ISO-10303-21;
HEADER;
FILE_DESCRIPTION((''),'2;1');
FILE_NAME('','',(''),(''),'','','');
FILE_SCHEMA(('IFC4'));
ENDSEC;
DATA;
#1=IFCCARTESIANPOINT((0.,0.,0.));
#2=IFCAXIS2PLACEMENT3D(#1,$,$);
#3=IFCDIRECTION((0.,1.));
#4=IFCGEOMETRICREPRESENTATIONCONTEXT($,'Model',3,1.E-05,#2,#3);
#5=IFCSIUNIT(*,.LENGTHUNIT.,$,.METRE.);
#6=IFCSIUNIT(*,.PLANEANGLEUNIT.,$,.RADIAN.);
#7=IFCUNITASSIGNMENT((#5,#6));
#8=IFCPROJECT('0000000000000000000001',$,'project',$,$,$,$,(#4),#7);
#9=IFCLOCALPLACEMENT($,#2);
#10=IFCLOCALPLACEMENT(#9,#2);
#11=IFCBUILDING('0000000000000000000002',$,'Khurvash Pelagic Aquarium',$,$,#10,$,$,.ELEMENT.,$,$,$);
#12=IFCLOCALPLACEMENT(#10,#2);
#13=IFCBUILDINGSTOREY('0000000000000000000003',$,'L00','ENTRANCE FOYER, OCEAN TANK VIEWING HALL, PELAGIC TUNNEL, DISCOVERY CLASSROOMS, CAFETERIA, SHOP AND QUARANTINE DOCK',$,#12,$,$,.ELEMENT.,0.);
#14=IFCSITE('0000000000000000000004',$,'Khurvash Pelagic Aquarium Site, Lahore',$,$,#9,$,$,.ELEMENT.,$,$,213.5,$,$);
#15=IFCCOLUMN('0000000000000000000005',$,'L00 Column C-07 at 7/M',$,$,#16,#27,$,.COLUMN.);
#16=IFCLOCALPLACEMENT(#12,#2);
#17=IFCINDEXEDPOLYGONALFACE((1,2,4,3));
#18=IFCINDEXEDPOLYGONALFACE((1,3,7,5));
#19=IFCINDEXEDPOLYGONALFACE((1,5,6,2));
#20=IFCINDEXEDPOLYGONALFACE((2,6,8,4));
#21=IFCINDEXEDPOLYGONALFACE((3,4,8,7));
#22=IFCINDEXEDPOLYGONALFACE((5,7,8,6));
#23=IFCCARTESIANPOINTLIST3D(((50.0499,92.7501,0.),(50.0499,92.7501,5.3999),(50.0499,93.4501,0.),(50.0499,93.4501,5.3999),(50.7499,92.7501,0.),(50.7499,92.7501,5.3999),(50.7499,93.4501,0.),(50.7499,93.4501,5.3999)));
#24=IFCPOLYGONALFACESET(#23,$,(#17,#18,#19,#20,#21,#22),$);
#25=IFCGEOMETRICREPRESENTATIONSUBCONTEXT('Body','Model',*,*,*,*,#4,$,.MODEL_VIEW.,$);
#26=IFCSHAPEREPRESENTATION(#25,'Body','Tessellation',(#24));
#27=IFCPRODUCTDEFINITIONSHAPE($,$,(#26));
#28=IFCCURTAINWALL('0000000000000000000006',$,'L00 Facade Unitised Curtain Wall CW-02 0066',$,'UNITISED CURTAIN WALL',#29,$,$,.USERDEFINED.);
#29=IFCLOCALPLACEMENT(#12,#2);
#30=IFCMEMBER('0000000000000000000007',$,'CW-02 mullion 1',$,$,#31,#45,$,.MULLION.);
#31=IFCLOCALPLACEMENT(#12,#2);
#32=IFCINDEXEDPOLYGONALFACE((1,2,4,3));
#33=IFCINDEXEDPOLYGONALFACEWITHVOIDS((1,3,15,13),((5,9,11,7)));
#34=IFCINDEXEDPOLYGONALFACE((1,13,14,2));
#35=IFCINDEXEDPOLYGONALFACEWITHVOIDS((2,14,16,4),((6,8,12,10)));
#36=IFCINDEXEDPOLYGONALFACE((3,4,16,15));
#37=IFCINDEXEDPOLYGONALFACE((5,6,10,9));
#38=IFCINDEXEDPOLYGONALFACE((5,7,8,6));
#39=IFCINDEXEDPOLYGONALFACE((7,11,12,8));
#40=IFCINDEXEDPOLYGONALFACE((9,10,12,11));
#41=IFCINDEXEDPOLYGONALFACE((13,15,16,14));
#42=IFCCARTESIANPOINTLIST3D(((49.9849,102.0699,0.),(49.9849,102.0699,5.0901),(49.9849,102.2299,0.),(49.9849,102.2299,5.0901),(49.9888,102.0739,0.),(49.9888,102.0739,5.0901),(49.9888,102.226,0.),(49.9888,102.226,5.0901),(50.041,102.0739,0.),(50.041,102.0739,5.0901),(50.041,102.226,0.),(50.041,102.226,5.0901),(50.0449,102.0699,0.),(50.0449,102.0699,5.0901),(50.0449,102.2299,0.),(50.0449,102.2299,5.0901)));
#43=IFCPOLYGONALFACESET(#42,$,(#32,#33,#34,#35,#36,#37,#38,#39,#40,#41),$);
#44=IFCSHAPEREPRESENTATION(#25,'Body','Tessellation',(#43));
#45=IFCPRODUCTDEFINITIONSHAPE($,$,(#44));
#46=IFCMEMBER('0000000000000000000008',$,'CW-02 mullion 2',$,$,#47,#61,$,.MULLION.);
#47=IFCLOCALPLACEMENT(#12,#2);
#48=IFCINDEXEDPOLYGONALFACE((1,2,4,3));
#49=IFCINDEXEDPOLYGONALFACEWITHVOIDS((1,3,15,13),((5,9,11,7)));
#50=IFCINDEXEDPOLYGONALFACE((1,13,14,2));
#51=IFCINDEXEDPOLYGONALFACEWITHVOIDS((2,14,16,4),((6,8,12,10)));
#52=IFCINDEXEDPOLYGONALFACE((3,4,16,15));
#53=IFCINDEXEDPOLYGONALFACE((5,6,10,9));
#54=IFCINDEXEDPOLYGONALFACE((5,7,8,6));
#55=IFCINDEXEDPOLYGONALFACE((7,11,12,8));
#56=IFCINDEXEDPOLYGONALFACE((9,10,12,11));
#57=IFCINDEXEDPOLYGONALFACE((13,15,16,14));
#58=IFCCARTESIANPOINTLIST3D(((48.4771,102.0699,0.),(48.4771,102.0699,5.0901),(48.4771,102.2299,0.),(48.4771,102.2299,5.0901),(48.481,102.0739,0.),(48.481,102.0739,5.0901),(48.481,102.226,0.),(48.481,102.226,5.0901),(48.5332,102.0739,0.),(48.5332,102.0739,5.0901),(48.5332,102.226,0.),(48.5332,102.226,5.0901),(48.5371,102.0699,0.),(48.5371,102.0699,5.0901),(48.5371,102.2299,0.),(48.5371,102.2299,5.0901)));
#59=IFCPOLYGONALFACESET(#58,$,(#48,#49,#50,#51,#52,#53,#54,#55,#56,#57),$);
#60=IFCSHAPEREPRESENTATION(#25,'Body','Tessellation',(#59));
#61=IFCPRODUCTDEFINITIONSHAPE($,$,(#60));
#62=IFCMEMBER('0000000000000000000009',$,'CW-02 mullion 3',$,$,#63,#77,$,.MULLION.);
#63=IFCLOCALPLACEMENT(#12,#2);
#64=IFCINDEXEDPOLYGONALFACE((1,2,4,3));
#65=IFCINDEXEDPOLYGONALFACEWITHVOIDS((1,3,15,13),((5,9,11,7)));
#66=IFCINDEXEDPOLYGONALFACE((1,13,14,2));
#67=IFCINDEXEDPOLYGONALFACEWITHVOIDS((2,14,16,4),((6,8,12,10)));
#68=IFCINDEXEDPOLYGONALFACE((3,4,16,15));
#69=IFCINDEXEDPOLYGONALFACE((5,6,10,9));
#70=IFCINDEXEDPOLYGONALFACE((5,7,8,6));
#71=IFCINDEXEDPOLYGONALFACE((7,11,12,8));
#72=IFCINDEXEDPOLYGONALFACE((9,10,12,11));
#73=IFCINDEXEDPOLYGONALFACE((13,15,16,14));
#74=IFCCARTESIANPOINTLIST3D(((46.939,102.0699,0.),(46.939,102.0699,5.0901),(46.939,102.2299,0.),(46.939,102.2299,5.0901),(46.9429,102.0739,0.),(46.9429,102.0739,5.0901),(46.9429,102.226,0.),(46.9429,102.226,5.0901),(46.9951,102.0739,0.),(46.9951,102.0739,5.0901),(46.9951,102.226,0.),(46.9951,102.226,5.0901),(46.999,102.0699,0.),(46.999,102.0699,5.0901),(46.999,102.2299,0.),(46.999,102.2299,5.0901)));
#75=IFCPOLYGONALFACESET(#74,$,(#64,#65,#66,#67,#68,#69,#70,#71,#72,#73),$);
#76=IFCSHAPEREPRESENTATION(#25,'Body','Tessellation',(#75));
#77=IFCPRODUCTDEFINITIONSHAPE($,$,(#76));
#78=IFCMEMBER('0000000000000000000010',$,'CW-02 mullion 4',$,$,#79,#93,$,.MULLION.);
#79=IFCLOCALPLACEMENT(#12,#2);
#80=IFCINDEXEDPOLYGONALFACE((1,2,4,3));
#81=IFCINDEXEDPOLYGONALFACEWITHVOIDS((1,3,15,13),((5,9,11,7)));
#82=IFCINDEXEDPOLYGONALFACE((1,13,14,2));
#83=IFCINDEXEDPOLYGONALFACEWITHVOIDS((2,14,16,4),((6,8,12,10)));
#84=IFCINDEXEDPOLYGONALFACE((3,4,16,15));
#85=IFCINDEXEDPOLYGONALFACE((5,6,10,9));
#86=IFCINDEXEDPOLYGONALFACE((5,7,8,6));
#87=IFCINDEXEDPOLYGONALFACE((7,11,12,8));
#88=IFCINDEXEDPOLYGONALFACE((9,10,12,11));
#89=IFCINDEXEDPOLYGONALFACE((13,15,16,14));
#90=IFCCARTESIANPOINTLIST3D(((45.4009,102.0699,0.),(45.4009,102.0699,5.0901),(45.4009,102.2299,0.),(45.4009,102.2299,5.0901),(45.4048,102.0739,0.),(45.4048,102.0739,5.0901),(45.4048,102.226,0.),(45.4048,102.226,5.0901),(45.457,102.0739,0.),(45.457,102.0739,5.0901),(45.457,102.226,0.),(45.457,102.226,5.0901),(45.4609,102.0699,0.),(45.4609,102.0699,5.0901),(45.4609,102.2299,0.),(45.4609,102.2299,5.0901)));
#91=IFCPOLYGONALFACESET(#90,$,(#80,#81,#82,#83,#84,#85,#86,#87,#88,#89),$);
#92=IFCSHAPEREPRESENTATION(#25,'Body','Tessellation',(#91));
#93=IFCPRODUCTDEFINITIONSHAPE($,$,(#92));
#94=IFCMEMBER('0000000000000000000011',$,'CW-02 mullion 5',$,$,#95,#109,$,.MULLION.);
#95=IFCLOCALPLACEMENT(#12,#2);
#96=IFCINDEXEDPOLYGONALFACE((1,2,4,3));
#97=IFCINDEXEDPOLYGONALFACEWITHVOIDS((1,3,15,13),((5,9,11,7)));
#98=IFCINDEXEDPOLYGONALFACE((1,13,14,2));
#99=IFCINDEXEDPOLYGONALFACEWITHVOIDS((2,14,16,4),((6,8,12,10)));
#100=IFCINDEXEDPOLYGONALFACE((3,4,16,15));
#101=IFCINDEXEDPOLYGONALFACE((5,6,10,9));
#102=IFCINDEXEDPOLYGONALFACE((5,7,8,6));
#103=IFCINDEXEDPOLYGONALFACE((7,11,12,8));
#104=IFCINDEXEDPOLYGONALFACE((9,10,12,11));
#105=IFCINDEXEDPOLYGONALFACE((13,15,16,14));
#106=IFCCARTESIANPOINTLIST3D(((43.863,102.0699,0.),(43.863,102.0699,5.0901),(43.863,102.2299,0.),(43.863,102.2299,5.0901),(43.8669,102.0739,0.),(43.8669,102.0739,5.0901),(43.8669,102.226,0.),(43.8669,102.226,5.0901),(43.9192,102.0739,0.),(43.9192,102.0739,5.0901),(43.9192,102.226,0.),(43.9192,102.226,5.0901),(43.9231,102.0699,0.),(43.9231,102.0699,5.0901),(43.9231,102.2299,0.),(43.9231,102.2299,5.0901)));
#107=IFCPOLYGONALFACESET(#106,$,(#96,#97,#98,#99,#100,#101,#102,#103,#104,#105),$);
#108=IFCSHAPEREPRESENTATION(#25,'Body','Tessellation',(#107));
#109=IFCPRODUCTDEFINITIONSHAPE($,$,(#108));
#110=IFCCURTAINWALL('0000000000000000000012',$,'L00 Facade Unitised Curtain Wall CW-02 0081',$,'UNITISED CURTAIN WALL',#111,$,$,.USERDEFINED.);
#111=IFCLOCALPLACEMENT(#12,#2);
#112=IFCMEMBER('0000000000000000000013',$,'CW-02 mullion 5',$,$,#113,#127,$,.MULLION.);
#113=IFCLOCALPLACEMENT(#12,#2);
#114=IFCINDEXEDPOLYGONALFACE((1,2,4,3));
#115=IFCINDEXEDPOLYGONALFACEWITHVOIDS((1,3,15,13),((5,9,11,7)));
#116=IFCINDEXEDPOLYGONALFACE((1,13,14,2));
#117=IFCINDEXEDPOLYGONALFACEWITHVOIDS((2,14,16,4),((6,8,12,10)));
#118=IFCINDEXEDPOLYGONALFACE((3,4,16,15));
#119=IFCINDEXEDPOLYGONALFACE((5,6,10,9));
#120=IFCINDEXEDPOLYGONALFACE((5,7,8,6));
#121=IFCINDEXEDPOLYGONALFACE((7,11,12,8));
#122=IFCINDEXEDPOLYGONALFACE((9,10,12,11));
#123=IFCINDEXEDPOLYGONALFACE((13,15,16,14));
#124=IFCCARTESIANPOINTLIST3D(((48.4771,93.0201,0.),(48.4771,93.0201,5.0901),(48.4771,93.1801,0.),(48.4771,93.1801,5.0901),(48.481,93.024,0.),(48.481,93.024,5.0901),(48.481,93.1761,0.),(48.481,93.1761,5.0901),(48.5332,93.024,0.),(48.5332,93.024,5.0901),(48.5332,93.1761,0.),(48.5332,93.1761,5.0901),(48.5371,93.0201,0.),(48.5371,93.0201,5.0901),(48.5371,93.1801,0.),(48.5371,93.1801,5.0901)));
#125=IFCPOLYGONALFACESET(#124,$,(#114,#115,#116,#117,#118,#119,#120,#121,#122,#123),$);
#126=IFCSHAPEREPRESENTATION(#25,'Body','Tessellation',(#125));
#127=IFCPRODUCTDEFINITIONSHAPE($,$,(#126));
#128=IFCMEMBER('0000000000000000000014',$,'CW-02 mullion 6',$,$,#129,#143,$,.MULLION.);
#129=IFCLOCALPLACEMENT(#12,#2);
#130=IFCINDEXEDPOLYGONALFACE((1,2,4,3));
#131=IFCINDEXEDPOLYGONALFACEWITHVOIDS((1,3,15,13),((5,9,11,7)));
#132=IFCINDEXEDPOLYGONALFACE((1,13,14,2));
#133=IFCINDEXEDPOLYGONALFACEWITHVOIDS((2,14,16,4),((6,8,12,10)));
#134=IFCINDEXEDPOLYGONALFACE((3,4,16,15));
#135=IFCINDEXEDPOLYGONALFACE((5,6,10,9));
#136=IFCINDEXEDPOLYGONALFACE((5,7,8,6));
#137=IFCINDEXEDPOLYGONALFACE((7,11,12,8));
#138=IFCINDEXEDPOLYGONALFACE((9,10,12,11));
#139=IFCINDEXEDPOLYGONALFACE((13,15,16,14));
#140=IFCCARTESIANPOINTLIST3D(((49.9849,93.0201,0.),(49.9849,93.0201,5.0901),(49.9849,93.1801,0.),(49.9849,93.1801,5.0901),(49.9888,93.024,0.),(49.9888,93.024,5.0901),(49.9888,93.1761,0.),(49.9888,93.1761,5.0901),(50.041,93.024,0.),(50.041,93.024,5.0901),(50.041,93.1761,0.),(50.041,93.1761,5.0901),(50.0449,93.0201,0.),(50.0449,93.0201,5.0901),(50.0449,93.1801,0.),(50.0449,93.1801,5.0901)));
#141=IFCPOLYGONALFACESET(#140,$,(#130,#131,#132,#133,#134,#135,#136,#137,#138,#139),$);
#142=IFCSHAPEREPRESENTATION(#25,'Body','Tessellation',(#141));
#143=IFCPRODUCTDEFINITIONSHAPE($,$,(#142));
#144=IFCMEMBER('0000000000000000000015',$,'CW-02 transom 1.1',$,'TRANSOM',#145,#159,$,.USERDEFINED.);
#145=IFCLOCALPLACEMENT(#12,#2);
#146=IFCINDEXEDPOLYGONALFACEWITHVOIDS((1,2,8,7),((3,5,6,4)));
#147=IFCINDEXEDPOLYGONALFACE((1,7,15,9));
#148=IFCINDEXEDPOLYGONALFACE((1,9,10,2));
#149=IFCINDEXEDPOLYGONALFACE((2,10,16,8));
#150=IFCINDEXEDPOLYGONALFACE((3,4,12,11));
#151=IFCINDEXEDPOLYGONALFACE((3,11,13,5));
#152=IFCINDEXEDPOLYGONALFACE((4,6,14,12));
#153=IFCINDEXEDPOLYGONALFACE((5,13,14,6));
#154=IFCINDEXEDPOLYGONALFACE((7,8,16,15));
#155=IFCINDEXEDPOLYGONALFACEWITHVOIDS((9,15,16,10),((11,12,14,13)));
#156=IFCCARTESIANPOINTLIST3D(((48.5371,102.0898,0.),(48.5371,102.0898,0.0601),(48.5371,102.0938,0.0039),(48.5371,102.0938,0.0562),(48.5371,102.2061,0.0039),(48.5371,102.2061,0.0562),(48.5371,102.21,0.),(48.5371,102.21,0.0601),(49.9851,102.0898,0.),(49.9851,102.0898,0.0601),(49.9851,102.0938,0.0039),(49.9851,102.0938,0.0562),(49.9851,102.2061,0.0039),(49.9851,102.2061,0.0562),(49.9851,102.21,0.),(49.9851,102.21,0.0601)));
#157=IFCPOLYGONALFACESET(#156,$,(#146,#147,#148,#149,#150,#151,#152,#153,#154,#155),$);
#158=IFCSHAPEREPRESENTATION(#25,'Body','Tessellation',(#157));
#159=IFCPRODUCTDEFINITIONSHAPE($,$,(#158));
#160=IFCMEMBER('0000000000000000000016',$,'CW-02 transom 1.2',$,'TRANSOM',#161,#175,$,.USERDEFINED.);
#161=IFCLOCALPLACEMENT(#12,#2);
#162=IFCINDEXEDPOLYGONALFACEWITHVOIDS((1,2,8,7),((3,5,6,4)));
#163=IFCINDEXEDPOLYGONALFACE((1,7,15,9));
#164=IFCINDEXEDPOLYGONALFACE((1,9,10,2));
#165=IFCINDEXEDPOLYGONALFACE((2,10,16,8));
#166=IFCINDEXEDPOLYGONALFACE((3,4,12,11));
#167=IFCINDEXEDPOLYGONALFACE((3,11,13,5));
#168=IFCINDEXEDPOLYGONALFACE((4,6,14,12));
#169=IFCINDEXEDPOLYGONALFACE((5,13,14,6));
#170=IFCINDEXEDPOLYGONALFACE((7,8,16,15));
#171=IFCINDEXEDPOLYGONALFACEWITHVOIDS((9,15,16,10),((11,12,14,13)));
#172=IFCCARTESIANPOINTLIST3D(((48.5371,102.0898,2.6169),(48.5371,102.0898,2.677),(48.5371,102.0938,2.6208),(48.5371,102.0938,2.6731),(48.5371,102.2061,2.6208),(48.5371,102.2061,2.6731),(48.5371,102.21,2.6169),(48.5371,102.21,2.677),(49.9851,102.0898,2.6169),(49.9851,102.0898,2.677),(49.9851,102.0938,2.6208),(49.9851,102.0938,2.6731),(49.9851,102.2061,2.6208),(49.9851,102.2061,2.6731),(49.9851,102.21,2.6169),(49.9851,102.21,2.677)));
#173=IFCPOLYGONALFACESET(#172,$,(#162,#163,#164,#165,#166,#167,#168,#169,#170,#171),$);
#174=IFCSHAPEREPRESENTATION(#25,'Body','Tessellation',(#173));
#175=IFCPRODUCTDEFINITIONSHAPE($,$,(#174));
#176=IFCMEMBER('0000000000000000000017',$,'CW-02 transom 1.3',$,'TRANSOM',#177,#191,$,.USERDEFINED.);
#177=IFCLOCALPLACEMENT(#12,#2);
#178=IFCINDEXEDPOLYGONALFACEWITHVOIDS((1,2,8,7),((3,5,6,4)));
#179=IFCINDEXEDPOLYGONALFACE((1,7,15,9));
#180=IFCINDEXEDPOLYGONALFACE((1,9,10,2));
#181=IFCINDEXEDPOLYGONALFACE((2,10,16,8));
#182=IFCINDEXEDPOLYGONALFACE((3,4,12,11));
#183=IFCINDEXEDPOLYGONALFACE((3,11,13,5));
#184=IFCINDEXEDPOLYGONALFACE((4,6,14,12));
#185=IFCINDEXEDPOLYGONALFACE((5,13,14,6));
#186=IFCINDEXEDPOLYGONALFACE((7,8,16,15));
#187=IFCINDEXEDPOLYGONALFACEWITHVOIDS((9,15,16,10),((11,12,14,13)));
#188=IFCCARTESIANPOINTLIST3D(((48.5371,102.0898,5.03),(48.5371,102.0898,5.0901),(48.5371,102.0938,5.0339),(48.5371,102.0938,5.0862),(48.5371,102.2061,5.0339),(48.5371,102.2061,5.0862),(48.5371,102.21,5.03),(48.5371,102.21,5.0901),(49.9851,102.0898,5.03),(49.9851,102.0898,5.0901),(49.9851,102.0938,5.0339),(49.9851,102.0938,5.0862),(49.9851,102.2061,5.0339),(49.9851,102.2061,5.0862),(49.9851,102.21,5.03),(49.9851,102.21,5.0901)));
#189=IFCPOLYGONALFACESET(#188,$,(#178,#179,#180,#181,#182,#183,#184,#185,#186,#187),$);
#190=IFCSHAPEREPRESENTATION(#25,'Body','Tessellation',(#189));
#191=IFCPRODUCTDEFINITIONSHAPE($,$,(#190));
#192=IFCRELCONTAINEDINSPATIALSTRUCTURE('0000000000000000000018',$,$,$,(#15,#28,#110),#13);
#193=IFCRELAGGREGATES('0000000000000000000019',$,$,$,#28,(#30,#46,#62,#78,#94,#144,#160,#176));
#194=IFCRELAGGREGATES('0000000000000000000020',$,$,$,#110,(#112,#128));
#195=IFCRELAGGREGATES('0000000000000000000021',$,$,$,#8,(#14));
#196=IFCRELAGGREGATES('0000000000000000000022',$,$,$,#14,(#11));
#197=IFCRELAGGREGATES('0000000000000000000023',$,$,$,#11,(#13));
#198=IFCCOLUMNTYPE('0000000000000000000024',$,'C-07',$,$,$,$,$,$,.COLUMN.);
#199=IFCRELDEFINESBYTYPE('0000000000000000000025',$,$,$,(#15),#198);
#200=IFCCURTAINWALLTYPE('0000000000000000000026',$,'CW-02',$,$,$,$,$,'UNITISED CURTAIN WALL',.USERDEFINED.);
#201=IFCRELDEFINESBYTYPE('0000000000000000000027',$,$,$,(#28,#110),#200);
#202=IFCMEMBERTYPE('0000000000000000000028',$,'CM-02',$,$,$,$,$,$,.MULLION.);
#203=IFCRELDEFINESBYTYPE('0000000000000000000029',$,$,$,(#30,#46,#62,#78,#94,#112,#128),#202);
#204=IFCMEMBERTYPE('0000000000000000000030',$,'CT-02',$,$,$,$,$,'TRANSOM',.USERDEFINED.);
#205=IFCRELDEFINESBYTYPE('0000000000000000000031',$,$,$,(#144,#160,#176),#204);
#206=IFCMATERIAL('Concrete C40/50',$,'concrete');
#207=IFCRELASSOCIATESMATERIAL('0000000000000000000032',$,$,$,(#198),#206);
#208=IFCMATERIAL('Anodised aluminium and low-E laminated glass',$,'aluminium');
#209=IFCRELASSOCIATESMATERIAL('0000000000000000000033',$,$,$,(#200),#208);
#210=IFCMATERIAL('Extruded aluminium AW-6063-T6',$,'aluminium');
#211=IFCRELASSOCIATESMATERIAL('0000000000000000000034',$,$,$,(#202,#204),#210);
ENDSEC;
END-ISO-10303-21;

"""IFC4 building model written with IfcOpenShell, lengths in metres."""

from ifc_helpers import new_model, si_unit, direction, frame, origin, origin_2d, place, context, subcontext, project, spatial, rectangle, hollow_rectangle, extrude, material, material_profile, profile_set, type_object, element, aggregate, save


model = new_model("IFC4")

# Units and contexts
model_context = context("Model", 3, precision=1e-05, world=origin(), true_north=direction((0.0, 1.0)))
body_context = subcontext(model_context, "Body", "Model", "MODEL_VIEW")
ifc_project = project(units=[si_unit("LENGTHUNIT", "METRE"), si_unit("PLANEANGLEUNIT", "RADIAN")], contexts=[model_context])

# Site, building, storey
site_placement = place(None, origin())
site = spatial("IfcSite", under=ifc_project, at=site_placement, Name="Khurvash Pelagic Aquarium Site, Lahore", CompositionType="ELEMENT", RefElevation=213.5)
building_placement = place(site_placement, origin())
building = spatial("IfcBuilding", under=site, at=building_placement, Name="Khurvash Pelagic Aquarium", CompositionType="ELEMENT")
storey_placement = place(building_placement, origin())
storey = spatial("IfcBuildingStorey", under=building, at=storey_placement, Name="L00", Description="ENTRANCE FOYER, OCEAN TANK VIEWING HALL, PELAGIC TUNNEL, DISCOVERY CLASSROOMS, CAFETERIA, SHOP AND QUARANTINE DOCK", CompositionType="ELEMENT", Elevation=0.0)

# Column
ifc_material_1 = material(Name="Concrete C40/50", Category="concrete")
ifc_material_profile_1 = material_profile(ifc_material_1, rectangle(XDim=0.7, YDim=0.7, at=origin_2d()), Name="RC700X700")
ifc_profile_set_1 = profile_set([ifc_material_profile_1], Name="Concrete C40/50")
column_type = type_object("IfcColumnType", Name="C-07", PredefinedType="COLUMN", material=ifc_profile_set_1)
column_placement = place(storey_placement, frame((50.3999, 93.1001, 0.0), z_axis=(0.0, 0.0, 1.0), x_axis=(1.0, 0.0, 0.0)))
element("IfcColumn", 1, at=column_placement, inside=storey, type_object=column_type, Name="L00 Column C-07 at 7/M", PredefinedType="COLUMN", context=body_context, shape_type="SweptSolid", body=[
    extrude(rectangle(XDim=0.7, YDim=0.7, at=origin_2d()), origin(), (0.0, 0.0, 1.0), 5.3999),
])

# Curtain walls, members
ifc_material_2 = material(Name="Anodised aluminium and low-E laminated glass", Category="aluminium")
curtain_wall_type = type_object("IfcCurtainWallType", Name="CW-02", ElementType="UNITISED CURTAIN WALL", PredefinedType="USERDEFINED", material=ifc_material_2)
curtain_wall_1_placement = place(storey_placement, origin())
curtain_wall_1 = element("IfcCurtainWall", 2, at=curtain_wall_1_placement, inside=storey, type_object=curtain_wall_type, Name="L00 Facade Unitised Curtain Wall CW-02 0066", ObjectType="UNITISED CURTAIN WALL", PredefinedType="USERDEFINED")
ifc_material_3 = material(Name="Extruded aluminium AW-6063-T6", Category="aluminium")
ifc_material_profile_2 = material_profile(ifc_material_3, hollow_rectangle(XDim=0.0601, YDim=0.1599, WallThickness=0.0039, at=origin_2d()), Name="CWM60X160X4")
ifc_profile_set_2 = profile_set([ifc_material_profile_2], Name="Extruded aluminium AW-6063-T6")
member_type_1 = type_object("IfcMemberType", Name="CM-02", PredefinedType="MULLION", material=ifc_profile_set_2)
member_1_placement = place(storey_placement, frame((50.0149, 102.1499, 0.0), z_axis=(0.0, 0.0, 1.0), x_axis=(-1.0, 0.0, 0.0)))
member_1 = element("IfcMember", 3, at=member_1_placement, type_object=member_type_1, Name="CW-02 mullion 1", PredefinedType="MULLION", context=body_context, shape_type="SweptSolid", body=[
    extrude(hollow_rectangle(XDim=0.0601, YDim=0.1599, WallThickness=0.0039, at=origin_2d()), origin(), (0.0, 0.0, 1.0), 5.0901),
])
member_2_placement = place(storey_placement, frame((48.5071, 102.1499, 0.0), z_axis=(0.0, 0.0, 1.0), x_axis=(-1.0, 0.0, 0.0)))
member_2 = element("IfcMember", 4, at=member_2_placement, type_object=member_type_1, Name="CW-02 mullion 2", PredefinedType="MULLION", context=body_context, shape_type="SweptSolid", body=[
    extrude(hollow_rectangle(XDim=0.0601, YDim=0.1599, WallThickness=0.0039, at=origin_2d()), origin(), (0.0, 0.0, 1.0), 5.0901),
])
member_3_placement = place(storey_placement, frame((46.969, 102.1499, 0.0), z_axis=(0.0, 0.0, 1.0), x_axis=(-1.0, 0.0, 0.0)))
member_3 = element("IfcMember", 5, at=member_3_placement, type_object=member_type_1, Name="CW-02 mullion 3", PredefinedType="MULLION", context=body_context, shape_type="SweptSolid", body=[
    extrude(hollow_rectangle(XDim=0.0601, YDim=0.1599, WallThickness=0.0039, at=origin_2d()), origin(), (0.0, 0.0, 1.0), 5.0901),
])
member_4_placement = place(storey_placement, frame((45.4309, 102.1499, 0.0), z_axis=(0.0, 0.0, 1.0), x_axis=(-1.0, 0.0, 0.0)))
member_4 = element("IfcMember", 6, at=member_4_placement, type_object=member_type_1, Name="CW-02 mullion 4", PredefinedType="MULLION", context=body_context, shape_type="SweptSolid", body=[
    extrude(hollow_rectangle(XDim=0.0601, YDim=0.1599, WallThickness=0.0039, at=origin_2d()), origin(), (0.0, 0.0, 1.0), 5.0901),
])
member_5_placement = place(storey_placement, frame((43.8931, 102.1499, 0.0), z_axis=(0.0, 0.0, 1.0), x_axis=(-1.0, 0.0, 0.0)))
member_5 = element("IfcMember", 7, at=member_5_placement, type_object=member_type_1, Name="CW-02 mullion 5", PredefinedType="MULLION", context=body_context, shape_type="SweptSolid", body=[
    extrude(hollow_rectangle(XDim=0.0601, YDim=0.1599, WallThickness=0.0039, at=origin_2d()), origin(), (0.0, 0.0, 1.0), 5.0901),
])
curtain_wall_2_placement = place(storey_placement, origin())
curtain_wall_2 = element("IfcCurtainWall", 8, at=curtain_wall_2_placement, inside=storey, type_object=curtain_wall_type, Name="L00 Facade Unitised Curtain Wall CW-02 0081", ObjectType="UNITISED CURTAIN WALL", PredefinedType="USERDEFINED")
member_6_placement = place(storey_placement, frame((48.5071, 93.1001, 0.0), z_axis=(0.0, 0.0, 1.0), x_axis=(1.0, 0.0, 0.0)))
member_6 = element("IfcMember", 9, at=member_6_placement, type_object=member_type_1, Name="CW-02 mullion 5", PredefinedType="MULLION", context=body_context, shape_type="SweptSolid", body=[
    extrude(hollow_rectangle(XDim=0.0601, YDim=0.1599, WallThickness=0.0039, at=origin_2d()), origin(), (0.0, 0.0, 1.0), 5.0901),
])
member_7_placement = place(storey_placement, frame((50.0149, 93.1001, 0.0), z_axis=(0.0, 0.0, 1.0), x_axis=(1.0, 0.0, 0.0)))
member_7 = element("IfcMember", 10, at=member_7_placement, type_object=member_type_1, Name="CW-02 mullion 6", PredefinedType="MULLION", context=body_context, shape_type="SweptSolid", body=[
    extrude(hollow_rectangle(XDim=0.0601, YDim=0.1599, WallThickness=0.0039, at=origin_2d()), origin(), (0.0, 0.0, 1.0), 5.0901),
])

# Members
ifc_material_profile_3 = material_profile(ifc_material_3, hollow_rectangle(XDim=0.1201, YDim=0.0601, WallThickness=0.0039, at=origin_2d()), Name="CWT120X60X4")
ifc_profile_set_3 = profile_set([ifc_material_profile_3], Name="Extruded aluminium AW-6063-T6")
member_type_2 = type_object("IfcMemberType", Name="CT-02", ElementType="TRANSOM", PredefinedType="USERDEFINED", material=ifc_profile_set_3)
member_8_placement = place(storey_placement, frame((49.9851, 102.1499, 0.03), z_axis=(-1.0, 0.0, 0.0), x_axis=(0.0, -1.0, 0.0)))
member_8 = element("IfcMember", 11, at=member_8_placement, type_object=member_type_2, Name="CW-02 transom 1.1", ObjectType="TRANSOM", PredefinedType="USERDEFINED", context=body_context, shape_type="SweptSolid", body=[
    extrude(hollow_rectangle(XDim=0.1201, YDim=0.0601, WallThickness=0.0039, at=origin_2d()), origin(), (0.0, 0.0, 1.0), 1.448),
])
member_9_placement = place(storey_placement, frame((49.9851, 102.1499, 2.647), z_axis=(-1.0, 0.0, 0.0), x_axis=(0.0, -1.0, 0.0)))
member_9 = element("IfcMember", 12, at=member_9_placement, type_object=member_type_2, Name="CW-02 transom 1.2", ObjectType="TRANSOM", PredefinedType="USERDEFINED", context=body_context, shape_type="SweptSolid", body=[
    extrude(hollow_rectangle(XDim=0.1201, YDim=0.0601, WallThickness=0.0039, at=origin_2d()), origin(), (0.0, 0.0, 1.0), 1.448),
])
member_10_placement = place(storey_placement, frame((49.9851, 102.1499, 5.0601), z_axis=(-1.0, 0.0, 0.0), x_axis=(0.0, -1.0, 0.0)))
member_10 = element("IfcMember", 13, at=member_10_placement, type_object=member_type_2, Name="CW-02 transom 1.3", ObjectType="TRANSOM", PredefinedType="USERDEFINED", context=body_context, shape_type="SweptSolid", body=[
    extrude(hollow_rectangle(XDim=0.1201, YDim=0.0601, WallThickness=0.0039, at=origin_2d()), origin(), (0.0, 0.0, 1.0), 1.448),
])

aggregate(curtain_wall_1, [member_1, member_2, member_3, member_4, member_5, member_8, member_9, member_10])
aggregate(curtain_wall_2, [member_6, member_7])

save(model, "model.ifc")
